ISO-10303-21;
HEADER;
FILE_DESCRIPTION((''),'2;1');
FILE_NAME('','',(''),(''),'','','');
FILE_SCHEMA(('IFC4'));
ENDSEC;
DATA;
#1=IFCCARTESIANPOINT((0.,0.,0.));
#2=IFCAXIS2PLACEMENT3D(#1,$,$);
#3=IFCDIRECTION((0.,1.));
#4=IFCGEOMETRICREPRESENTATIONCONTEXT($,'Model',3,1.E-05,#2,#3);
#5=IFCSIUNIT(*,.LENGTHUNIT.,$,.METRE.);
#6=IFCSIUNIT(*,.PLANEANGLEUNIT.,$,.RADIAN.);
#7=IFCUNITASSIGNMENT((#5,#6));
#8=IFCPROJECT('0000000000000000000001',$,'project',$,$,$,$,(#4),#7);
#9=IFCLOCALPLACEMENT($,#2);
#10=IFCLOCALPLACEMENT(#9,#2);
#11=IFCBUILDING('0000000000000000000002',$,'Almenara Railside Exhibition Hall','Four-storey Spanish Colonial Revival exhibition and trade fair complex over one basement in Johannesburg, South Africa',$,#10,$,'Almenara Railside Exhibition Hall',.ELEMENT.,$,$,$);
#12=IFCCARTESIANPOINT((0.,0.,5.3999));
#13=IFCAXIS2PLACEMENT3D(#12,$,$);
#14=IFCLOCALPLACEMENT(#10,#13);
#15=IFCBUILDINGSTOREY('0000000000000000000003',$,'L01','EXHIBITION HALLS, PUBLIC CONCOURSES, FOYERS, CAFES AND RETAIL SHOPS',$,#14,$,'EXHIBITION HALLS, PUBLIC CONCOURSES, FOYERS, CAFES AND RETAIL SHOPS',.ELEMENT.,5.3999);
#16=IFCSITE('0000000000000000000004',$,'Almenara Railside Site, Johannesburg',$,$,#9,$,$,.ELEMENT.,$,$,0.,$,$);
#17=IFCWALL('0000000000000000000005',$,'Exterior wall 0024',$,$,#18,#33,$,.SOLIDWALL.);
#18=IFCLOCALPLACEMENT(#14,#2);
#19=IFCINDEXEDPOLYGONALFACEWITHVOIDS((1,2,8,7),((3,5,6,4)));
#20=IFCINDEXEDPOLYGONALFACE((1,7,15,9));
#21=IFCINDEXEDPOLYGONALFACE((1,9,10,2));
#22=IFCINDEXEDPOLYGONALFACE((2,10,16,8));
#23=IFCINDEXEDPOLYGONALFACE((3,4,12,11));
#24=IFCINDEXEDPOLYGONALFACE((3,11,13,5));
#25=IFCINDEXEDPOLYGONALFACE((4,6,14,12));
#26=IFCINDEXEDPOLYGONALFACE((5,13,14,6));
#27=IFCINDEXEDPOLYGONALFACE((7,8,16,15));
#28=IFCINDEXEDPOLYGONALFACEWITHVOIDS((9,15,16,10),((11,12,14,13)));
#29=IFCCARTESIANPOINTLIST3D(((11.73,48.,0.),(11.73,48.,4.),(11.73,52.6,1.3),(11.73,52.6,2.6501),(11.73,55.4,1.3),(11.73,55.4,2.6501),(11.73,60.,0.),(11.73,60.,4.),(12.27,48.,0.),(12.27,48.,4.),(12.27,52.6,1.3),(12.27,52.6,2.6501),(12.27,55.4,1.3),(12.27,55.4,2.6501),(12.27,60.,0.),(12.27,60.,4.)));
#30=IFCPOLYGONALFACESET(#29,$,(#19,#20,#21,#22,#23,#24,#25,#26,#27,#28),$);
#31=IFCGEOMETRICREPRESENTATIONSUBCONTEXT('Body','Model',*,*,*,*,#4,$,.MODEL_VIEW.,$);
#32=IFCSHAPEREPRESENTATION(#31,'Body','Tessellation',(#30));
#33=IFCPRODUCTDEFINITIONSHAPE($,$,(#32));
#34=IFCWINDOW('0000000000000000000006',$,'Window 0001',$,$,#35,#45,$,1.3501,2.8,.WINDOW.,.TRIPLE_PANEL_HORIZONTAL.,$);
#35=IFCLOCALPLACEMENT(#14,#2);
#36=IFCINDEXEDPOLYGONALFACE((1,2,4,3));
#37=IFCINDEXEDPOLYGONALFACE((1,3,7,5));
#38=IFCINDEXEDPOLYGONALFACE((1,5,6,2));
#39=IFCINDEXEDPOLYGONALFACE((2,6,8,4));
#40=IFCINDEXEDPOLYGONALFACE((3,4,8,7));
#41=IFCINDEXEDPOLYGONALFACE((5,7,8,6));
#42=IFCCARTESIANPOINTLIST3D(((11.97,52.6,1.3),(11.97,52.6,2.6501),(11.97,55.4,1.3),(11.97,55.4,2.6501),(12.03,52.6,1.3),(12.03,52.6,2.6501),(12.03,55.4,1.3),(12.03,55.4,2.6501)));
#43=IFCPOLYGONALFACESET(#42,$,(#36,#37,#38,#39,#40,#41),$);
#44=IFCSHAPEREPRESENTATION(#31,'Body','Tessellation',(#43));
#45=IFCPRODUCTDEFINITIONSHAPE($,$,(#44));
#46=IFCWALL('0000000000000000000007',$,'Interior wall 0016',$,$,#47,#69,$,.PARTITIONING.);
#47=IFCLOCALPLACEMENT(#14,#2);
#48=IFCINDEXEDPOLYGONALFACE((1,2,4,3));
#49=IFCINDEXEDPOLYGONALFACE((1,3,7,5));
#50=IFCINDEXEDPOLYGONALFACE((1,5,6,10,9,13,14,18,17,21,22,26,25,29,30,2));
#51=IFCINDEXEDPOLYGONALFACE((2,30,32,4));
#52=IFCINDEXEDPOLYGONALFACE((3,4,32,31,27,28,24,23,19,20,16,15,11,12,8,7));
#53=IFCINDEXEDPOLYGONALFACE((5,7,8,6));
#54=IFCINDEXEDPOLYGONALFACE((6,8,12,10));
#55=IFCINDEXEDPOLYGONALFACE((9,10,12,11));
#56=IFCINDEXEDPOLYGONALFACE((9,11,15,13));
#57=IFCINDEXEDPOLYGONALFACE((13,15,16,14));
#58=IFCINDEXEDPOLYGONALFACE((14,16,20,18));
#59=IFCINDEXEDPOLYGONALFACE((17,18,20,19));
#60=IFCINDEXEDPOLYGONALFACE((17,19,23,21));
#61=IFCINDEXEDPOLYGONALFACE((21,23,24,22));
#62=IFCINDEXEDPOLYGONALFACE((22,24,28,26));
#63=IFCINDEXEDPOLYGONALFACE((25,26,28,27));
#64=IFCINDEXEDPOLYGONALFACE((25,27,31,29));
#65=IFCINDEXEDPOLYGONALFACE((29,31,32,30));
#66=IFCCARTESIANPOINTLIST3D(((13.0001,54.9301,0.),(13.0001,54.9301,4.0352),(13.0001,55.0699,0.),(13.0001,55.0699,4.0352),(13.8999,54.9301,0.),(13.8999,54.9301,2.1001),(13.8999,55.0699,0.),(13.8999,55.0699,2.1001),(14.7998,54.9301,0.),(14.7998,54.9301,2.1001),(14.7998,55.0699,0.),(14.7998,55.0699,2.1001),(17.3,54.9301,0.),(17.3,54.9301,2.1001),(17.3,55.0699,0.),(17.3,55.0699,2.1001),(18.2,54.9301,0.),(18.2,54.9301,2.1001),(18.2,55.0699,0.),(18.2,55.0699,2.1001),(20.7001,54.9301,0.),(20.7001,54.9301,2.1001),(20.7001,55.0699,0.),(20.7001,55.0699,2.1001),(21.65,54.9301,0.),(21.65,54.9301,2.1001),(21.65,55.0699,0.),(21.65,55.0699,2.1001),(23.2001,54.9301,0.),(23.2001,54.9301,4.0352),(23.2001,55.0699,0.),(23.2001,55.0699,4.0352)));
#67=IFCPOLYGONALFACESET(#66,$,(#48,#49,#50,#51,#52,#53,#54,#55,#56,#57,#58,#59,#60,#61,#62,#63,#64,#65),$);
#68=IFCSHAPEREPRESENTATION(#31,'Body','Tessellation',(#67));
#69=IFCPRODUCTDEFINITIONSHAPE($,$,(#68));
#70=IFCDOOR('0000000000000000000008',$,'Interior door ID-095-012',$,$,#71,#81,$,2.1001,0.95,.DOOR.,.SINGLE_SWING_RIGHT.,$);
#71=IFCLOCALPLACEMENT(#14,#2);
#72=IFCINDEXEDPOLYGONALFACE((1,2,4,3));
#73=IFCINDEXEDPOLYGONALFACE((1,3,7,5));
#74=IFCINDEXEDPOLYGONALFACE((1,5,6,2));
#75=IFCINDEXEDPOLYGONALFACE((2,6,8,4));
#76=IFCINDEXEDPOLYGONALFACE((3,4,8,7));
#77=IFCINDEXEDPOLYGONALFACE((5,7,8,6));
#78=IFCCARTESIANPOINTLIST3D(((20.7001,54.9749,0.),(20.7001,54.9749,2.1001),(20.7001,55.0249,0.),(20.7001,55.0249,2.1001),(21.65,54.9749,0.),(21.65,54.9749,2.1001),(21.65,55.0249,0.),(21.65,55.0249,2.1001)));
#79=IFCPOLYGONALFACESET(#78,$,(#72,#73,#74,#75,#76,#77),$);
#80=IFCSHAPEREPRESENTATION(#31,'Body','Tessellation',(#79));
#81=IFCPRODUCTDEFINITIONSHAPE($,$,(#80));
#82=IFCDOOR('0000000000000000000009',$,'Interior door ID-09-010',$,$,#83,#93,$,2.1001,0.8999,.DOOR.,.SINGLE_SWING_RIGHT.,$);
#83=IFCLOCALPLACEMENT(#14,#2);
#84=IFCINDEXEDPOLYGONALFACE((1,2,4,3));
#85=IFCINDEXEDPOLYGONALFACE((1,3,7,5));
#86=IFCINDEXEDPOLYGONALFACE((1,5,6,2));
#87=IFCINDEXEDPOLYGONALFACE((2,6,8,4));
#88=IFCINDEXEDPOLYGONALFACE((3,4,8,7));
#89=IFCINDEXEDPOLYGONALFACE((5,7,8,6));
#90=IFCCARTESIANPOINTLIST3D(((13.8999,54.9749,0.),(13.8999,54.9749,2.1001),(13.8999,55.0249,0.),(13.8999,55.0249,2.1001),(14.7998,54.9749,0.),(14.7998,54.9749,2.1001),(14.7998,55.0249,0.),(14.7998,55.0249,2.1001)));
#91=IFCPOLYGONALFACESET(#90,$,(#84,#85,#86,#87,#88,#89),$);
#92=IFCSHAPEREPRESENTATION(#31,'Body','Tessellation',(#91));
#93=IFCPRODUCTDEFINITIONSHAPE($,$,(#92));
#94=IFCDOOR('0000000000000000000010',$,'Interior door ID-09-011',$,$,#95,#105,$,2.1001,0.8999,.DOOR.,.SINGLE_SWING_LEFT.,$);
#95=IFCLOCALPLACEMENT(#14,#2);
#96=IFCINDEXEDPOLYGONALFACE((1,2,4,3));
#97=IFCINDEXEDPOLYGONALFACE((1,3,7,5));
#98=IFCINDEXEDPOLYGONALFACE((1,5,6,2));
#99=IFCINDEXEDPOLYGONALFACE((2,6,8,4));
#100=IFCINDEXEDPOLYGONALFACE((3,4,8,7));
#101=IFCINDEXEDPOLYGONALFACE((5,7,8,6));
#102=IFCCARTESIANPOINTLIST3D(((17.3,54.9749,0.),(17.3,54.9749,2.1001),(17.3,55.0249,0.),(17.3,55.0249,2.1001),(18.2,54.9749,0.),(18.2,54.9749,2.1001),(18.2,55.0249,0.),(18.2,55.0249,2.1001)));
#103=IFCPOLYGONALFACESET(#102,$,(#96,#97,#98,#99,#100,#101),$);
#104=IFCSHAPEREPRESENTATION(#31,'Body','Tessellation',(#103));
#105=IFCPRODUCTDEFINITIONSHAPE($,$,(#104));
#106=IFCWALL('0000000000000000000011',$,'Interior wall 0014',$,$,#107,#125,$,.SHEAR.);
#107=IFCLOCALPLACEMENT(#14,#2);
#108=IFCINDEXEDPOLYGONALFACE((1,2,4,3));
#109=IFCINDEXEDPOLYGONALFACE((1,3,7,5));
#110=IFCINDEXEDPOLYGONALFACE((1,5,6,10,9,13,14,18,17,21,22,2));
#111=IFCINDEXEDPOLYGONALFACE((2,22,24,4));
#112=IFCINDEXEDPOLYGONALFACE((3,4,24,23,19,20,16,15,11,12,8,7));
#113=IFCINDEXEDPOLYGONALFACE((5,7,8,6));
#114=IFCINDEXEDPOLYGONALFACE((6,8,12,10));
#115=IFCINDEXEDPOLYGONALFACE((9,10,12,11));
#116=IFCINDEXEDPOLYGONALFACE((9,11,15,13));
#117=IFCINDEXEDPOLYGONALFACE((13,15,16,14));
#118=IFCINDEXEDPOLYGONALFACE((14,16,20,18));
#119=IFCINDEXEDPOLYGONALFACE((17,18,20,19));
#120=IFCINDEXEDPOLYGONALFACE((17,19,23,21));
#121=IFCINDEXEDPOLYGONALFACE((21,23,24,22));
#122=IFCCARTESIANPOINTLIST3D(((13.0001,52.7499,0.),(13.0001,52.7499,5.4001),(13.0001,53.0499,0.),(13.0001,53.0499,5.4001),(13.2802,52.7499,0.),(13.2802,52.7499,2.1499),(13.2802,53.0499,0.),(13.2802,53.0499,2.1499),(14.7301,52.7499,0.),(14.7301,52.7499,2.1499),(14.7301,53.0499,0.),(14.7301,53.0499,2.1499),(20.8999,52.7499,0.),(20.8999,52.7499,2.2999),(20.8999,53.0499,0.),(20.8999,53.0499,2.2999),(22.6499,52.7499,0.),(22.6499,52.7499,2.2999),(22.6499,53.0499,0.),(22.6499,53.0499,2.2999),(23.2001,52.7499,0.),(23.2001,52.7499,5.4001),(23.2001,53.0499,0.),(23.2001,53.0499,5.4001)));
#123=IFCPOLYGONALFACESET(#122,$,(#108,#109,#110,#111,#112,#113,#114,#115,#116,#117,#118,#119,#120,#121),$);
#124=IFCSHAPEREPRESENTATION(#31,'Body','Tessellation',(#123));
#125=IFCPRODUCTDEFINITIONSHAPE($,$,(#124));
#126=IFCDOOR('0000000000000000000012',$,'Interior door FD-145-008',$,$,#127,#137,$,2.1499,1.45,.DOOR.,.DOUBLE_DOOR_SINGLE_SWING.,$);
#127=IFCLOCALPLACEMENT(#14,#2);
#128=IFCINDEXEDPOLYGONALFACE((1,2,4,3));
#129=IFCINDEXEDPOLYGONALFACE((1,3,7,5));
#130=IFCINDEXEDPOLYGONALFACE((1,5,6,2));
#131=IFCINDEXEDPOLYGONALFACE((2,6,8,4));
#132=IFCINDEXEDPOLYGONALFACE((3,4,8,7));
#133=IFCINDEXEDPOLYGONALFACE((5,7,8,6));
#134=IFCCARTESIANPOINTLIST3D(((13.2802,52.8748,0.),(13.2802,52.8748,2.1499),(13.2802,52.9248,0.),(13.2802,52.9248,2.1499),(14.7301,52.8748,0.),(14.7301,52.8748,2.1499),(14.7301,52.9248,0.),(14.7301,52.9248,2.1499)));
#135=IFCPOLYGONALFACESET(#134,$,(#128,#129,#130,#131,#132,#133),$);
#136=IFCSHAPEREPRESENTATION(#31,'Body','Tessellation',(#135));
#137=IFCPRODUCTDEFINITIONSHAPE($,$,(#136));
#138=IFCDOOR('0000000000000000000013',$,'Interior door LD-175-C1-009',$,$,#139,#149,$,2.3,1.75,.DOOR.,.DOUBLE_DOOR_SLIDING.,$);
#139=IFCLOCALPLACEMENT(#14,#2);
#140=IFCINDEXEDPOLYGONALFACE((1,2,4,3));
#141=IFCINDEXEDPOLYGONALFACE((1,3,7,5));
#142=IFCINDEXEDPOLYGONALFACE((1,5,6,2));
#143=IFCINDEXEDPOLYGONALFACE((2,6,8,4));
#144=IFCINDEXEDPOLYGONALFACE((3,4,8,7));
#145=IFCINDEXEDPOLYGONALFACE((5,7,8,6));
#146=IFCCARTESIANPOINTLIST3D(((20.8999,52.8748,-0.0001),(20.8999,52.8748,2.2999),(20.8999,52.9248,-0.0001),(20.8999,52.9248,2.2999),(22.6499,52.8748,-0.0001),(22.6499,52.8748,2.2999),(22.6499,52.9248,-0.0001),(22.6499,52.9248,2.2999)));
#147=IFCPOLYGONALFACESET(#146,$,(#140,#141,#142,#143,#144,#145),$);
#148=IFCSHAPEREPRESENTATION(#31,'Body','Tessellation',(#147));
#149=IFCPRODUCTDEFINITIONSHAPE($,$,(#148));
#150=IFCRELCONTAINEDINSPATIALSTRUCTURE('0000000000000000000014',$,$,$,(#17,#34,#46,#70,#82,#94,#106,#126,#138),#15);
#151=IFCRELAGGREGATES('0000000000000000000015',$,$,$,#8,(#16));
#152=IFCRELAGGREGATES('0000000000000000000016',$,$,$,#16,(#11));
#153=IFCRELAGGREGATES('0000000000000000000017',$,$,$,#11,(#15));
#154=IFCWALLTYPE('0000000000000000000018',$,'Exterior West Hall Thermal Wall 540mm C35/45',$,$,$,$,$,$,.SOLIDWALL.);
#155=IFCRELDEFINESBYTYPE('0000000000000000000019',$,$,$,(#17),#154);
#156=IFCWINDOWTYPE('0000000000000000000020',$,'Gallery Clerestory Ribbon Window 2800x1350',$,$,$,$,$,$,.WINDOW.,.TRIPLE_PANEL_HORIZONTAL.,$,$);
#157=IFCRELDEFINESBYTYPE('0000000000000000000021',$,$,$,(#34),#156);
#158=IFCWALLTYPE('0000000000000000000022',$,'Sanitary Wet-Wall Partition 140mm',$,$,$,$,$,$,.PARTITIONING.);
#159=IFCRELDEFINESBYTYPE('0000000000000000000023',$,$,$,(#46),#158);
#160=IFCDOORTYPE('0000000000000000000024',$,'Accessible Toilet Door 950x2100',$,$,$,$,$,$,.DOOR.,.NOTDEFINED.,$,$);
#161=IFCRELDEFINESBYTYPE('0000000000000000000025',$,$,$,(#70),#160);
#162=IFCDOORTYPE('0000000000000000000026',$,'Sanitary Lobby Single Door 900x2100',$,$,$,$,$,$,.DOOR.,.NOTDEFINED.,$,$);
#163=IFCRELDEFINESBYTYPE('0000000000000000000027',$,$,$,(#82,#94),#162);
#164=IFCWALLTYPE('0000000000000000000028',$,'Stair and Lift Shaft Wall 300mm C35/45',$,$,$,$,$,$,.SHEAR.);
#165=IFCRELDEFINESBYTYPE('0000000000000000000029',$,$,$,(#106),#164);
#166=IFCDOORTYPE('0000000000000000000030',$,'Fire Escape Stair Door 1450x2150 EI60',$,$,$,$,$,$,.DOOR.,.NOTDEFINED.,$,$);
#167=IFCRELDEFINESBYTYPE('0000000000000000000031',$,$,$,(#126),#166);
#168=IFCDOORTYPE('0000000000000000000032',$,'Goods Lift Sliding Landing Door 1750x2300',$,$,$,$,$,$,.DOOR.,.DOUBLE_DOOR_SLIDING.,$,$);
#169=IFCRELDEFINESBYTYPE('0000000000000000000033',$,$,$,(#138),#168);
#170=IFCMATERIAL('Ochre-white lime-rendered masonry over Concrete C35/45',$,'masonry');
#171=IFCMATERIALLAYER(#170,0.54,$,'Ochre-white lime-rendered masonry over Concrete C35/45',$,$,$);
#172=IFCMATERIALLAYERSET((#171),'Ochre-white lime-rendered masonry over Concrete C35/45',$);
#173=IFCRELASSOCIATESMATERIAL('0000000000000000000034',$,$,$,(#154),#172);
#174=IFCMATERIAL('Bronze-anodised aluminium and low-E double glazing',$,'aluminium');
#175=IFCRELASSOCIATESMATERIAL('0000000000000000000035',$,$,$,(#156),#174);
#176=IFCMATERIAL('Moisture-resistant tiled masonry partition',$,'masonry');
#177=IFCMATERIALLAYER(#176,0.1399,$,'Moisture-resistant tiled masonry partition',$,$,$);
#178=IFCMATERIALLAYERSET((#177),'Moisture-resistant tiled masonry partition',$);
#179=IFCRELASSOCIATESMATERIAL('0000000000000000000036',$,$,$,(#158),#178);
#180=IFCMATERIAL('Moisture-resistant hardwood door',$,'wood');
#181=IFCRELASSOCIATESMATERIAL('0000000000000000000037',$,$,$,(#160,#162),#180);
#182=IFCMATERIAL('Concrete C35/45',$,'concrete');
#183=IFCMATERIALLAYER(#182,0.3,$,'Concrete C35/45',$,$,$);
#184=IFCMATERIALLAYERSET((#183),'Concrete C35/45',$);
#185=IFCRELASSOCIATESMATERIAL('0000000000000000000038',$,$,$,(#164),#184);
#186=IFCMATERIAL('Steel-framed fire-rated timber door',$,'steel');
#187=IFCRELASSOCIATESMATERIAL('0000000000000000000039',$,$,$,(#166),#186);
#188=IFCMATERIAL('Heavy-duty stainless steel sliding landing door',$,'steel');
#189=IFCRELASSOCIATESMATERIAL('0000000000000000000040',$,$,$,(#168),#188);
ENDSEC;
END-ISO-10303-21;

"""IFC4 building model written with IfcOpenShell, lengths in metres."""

from ifc_helpers import new_model, si_unit, direction, frame, frame_2d, origin, place, context, subcontext, project, spatial, rectangle, extrude, material, layer, layer_set, type_object, element, fill, save


model = new_model("IFC4")

# Units and contexts
model_context = context("Model", 3, precision=1e-05, world=origin(), true_north=direction((0.0, 1.0)))
body_context = subcontext(model_context, "Body", "Model", "MODEL_VIEW")
ifc_project = project(units=[si_unit("LENGTHUNIT", "METRE"), si_unit("PLANEANGLEUNIT", "RADIAN")], contexts=[model_context])

# Site, building, storey
site_placement = place(None, origin())
site = spatial("IfcSite", under=ifc_project, at=site_placement, Name="Almenara Railside Site, Johannesburg", CompositionType="ELEMENT", RefElevation=0.0)
building_placement = place(site_placement, origin())
building = spatial("IfcBuilding", under=site, at=building_placement, Name="Almenara Railside Exhibition Hall", Description="Four-storey Spanish Colonial Revival exhibition and trade fair complex over one basement in Johannesburg, South Africa", LongName="Almenara Railside Exhibition Hall", CompositionType="ELEMENT")
storey_placement = place(building_placement, frame((0.0, 0.0, 5.3999)))
storey = spatial("IfcBuildingStorey", under=building, at=storey_placement, Name="L01", Description="EXHIBITION HALLS, PUBLIC CONCOURSES, FOYERS, CAFES AND RETAIL SHOPS", LongName="EXHIBITION HALLS, PUBLIC CONCOURSES, FOYERS, CAFES AND RETAIL SHOPS", CompositionType="ELEMENT", Elevation=5.3999)

# Shared definitions
ifc_material_1 = material(Name="Concrete C35/45", Category="concrete")

# Shared definitions
ifc_material_2 = material(Name="Ochre-white lime-rendered masonry over Concrete C35/45", Category="masonry")

# Wall, opening, window
ifc_layer_1 = layer(ifc_material_2, 0.54, Name="Ochre-white lime-rendered masonry over Concrete C35/45")
ifc_layer_set_1 = layer_set([ifc_layer_1], Name="Ochre-white lime-rendered masonry over Concrete C35/45")
wall_type_1 = type_object("IfcWallType", Name="Exterior West Hall Thermal Wall 540mm C35/45", PredefinedType="SOLIDWALL", material=ifc_layer_set_1)
wall_1_placement = place(storey_placement, frame((12.0, 60.0, 0.0), z_axis=(0.0, 0.0, 1.0), x_axis=(0.0, -1.0, 0.0)))
wall_1 = element("IfcWall", 1, at=wall_1_placement, inside=storey, type_object=wall_type_1, Name="Exterior wall 0024", PredefinedType="SOLIDWALL", context=body_context, shape_type="SweptSolid", body=[
    extrude(rectangle(XDim=12.0, YDim=0.54, at=frame_2d((6.0, 0.0))), origin(), (0.0, 0.0, 1.0), 4.0),
])
opening_1_placement = place(wall_1_placement, frame((4.6001, 0.0, 1.3)))
opening_1 = element("IfcOpeningElement", 2, at=opening_1_placement, cuts=wall_1, PredefinedType="OPENING", context=body_context, shape_type="SweptSolid", body=[
    extrude(rectangle(XDim=2.8, YDim=1.3501, at=frame_2d((1.3999, 0.675))), frame((0.0, 0.28, 0.0), z_axis=(0.0, -1.0, 0.0), x_axis=(1.0, 0.0, 0.0)), (0.0, 0.0, 1.0), 0.5601),
])
ifc_material_3 = material(Name="Bronze-anodised aluminium and low-E double glazing", Category="aluminium")
window_type = type_object("IfcWindowType", Name="Gallery Clerestory Ribbon Window 2800x1350", PartitioningType="TRIPLE_PANEL_HORIZONTAL", PredefinedType="WINDOW", material=ifc_material_3)
window_placement = place(opening_1_placement, origin())
window = element("IfcWindow", 3, at=window_placement, inside=storey, type_object=window_type, Name="Window 0001", OverallHeight=1.3501, OverallWidth=2.8, PartitioningType="TRIPLE_PANEL_HORIZONTAL", PredefinedType="WINDOW", context=body_context, shape_type="SweptSolid", body=[
    extrude(rectangle(XDim=2.8, YDim=1.3501, at=frame_2d((1.3999, 0.675))), frame((0.0, 0.03, 0.0), z_axis=(0.0, -1.0, 0.0), x_axis=(1.0, 0.0, 0.0)), (0.0, 0.0, 1.0), 0.0601),
])
fill(opening_1, window)

# Walls, openings, doors
ifc_material_4 = material(Name="Moisture-resistant tiled masonry partition", Category="masonry")
ifc_layer_2 = layer(ifc_material_4, 0.1399, Name="Moisture-resistant tiled masonry partition")
ifc_layer_set_2 = layer_set([ifc_layer_2], Name="Moisture-resistant tiled masonry partition")
wall_type_2 = type_object("IfcWallType", Name="Sanitary Wet-Wall Partition 140mm", PredefinedType="PARTITIONING", material=ifc_layer_set_2)
wall_2_placement = place(storey_placement, frame((13.0, 55.0, 0.0), z_axis=(0.0, 0.0, 1.0), x_axis=(1.0, 0.0, 0.0)))
wall_2 = element("IfcWall", 4, at=wall_2_placement, inside=storey, type_object=wall_type_2, Name="Interior wall 0016", PredefinedType="PARTITIONING", context=body_context, shape_type="SweptSolid", body=[
    extrude(rectangle(XDim=10.2, YDim=0.1399, at=frame_2d((5.1001, 0.0))), origin(), (0.0, 0.0, 1.0), 4.0352),
])
opening_2_placement = place(wall_2_placement, frame((0.8999, 0.0, 0.0)))
opening_2 = element("IfcOpeningElement", 5, at=opening_2_placement, cuts=wall_2, PredefinedType="OPENING", context=body_context, shape_type="SweptSolid", body=[
    extrude(rectangle(XDim=0.8999, YDim=2.1001, at=frame_2d((0.45, 1.05))), frame((0.0, 0.0798, 0.0), z_axis=(0.0, -1.0, 0.0), x_axis=(1.0, 0.0, 0.0)), (0.0, 0.0, 1.0), 0.1599),
])
opening_3_placement = place(wall_2_placement, frame((4.3, 0.0, 0.0)))
opening_3 = element("IfcOpeningElement", 6, at=opening_3_placement, cuts=wall_2, PredefinedType="OPENING", context=body_context, shape_type="SweptSolid", body=[
    extrude(rectangle(XDim=0.8999, YDim=2.1001, at=frame_2d((0.45, 1.05))), frame((0.0, 0.0798, 0.0), z_axis=(0.0, -1.0, 0.0), x_axis=(1.0, 0.0, 0.0)), (0.0, 0.0, 1.0), 0.1599),
])
opening_4_placement = place(wall_2_placement, frame((7.7, 0.0, 0.0)))
opening_4 = element("IfcOpeningElement", 7, at=opening_4_placement, cuts=wall_2, PredefinedType="OPENING", context=body_context, shape_type="SweptSolid", body=[
    extrude(rectangle(XDim=0.95, YDim=2.1001, at=frame_2d((0.4751, 1.05))), frame((0.0, 0.0798, 0.0), z_axis=(0.0, -1.0, 0.0), x_axis=(1.0, 0.0, 0.0)), (0.0, 0.0, 1.0), 0.1599),
])
ifc_material_5 = material(Name="Moisture-resistant hardwood door", Category="wood")
door_type_1 = type_object("IfcDoorType", Name="Accessible Toilet Door 950x2100", OperationType="NOTDEFINED", PredefinedType="DOOR", material=ifc_material_5)
door_1_placement = place(opening_4_placement, origin())
door_1 = element("IfcDoor", 8, at=door_1_placement, inside=storey, type_object=door_type_1, Name="Interior door ID-095-012", OperationType="SINGLE_SWING_RIGHT", OverallHeight=2.1001, OverallWidth=0.95, PredefinedType="DOOR", context=body_context, shape_type="SweptSolid", body=[
    extrude(rectangle(XDim=0.95, YDim=2.1001, at=frame_2d((0.4751, 1.05))), frame((0.0, 0.0249, 0.0), z_axis=(0.0, -1.0, 0.0), x_axis=(1.0, 0.0, 0.0)), (0.0, 0.0, 1.0), 0.05),
])
fill(opening_4, door_1)
door_type_2 = type_object("IfcDoorType", Name="Sanitary Lobby Single Door 900x2100", OperationType="NOTDEFINED", PredefinedType="DOOR", material=ifc_material_5)
door_2_placement = place(opening_2_placement, origin())
door_2 = element("IfcDoor", 9, at=door_2_placement, inside=storey, type_object=door_type_2, Name="Interior door ID-09-010", OperationType="SINGLE_SWING_RIGHT", OverallHeight=2.1001, OverallWidth=0.8999, PredefinedType="DOOR", context=body_context, shape_type="SweptSolid", body=[
    extrude(rectangle(XDim=0.8999, YDim=2.1001, at=frame_2d((0.45, 1.05))), frame((0.0, 0.0249, 0.0), z_axis=(0.0, -1.0, 0.0), x_axis=(1.0, 0.0, 0.0)), (0.0, 0.0, 1.0), 0.05),
])
fill(opening_2, door_2)
door_3_placement = place(opening_3_placement, origin())
door_3 = element("IfcDoor", 10, at=door_3_placement, inside=storey, type_object=door_type_2, Name="Interior door ID-09-011", OperationType="SINGLE_SWING_LEFT", OverallHeight=2.1001, OverallWidth=0.8999, PredefinedType="DOOR", context=body_context, shape_type="SweptSolid", body=[
    extrude(rectangle(XDim=0.8999, YDim=2.1001, at=frame_2d((0.45, 1.05))), frame((0.0, 0.0249, 0.0), z_axis=(0.0, -1.0, 0.0), x_axis=(1.0, 0.0, 0.0)), (0.0, 0.0, 1.0), 0.05),
])
fill(opening_3, door_3)
ifc_layer_3 = layer(ifc_material_1, 0.3, Name="Concrete C35/45")
ifc_layer_set_3 = layer_set([ifc_layer_3], Name="Concrete C35/45")
wall_type_3 = type_object("IfcWallType", Name="Stair and Lift Shaft Wall 300mm C35/45", PredefinedType="SHEAR", material=ifc_layer_set_3)
wall_3_placement = place(storey_placement, frame((13.0, 52.8999, 0.0), z_axis=(0.0, 0.0, 1.0), x_axis=(1.0, 0.0, 0.0)))
wall_3 = element("IfcWall", 11, at=wall_3_placement, inside=storey, type_object=wall_type_3, Name="Interior wall 0014", PredefinedType="SHEAR", context=body_context, shape_type="SweptSolid", body=[
    extrude(rectangle(XDim=10.2, YDim=0.3, at=frame_2d((5.1001, 0.0))), origin(), (0.0, 0.0, 1.0), 5.4001),
])
opening_5_placement = place(wall_3_placement, frame((0.28, 0.0, 0.0)))
opening_5 = element("IfcOpeningElement", 12, at=opening_5_placement, cuts=wall_3, PredefinedType="OPENING", context=body_context, shape_type="SweptSolid", body=[
    extrude(rectangle(XDim=1.45, YDim=2.1499, at=frame_2d((0.7251, 1.075))), frame((0.0, 0.1599, 0.0), z_axis=(0.0, -1.0, 0.0), x_axis=(1.0, 0.0, 0.0)), (0.0, 0.0, 1.0), 0.3201),
])
opening_6_placement = place(wall_3_placement, frame((7.8999, 0.0, 0.0)))
opening_6 = element("IfcOpeningElement", 13, at=opening_6_placement, cuts=wall_3, PredefinedType="OPENING", context=body_context, shape_type="SweptSolid", body=[
    extrude(rectangle(XDim=1.75, YDim=2.3, at=frame_2d((0.875, 1.1499))), frame((0.0, 0.1599, 0.0), z_axis=(0.0, -1.0, 0.0), x_axis=(1.0, 0.0, 0.0)), (0.0, 0.0, 1.0), 0.3201),
])
ifc_material_6 = material(Name="Steel-framed fire-rated timber door", Category="steel")
door_type_3 = type_object("IfcDoorType", Name="Fire Escape Stair Door 1450x2150 EI60", OperationType="NOTDEFINED", PredefinedType="DOOR", material=ifc_material_6)
door_4_placement = place(opening_5_placement, origin())
door_4 = element("IfcDoor", 14, at=door_4_placement, inside=storey, type_object=door_type_3, Name="Interior door FD-145-008", OperationType="DOUBLE_DOOR_SINGLE_SWING", OverallHeight=2.1499, OverallWidth=1.45, PredefinedType="DOOR", context=body_context, shape_type="SweptSolid", body=[
    extrude(rectangle(XDim=1.45, YDim=2.1499, at=frame_2d((0.7251, 1.075))), frame((0.0, 0.0249, 0.0), z_axis=(0.0, -1.0, 0.0), x_axis=(1.0, 0.0, 0.0)), (0.0, 0.0, 1.0), 0.05),
])
fill(opening_5, door_4)
ifc_material_7 = material(Name="Heavy-duty stainless steel sliding landing door", Category="steel")
door_type_4 = type_object("IfcDoorType", Name="Goods Lift Sliding Landing Door 1750x2300", OperationType="DOUBLE_DOOR_SLIDING", PredefinedType="DOOR", material=ifc_material_7)
door_5_placement = place(opening_6_placement, origin())
door_5 = element("IfcDoor", 15, at=door_5_placement, inside=storey, type_object=door_type_4, Name="Interior door LD-175-C1-009", OperationType="DOUBLE_DOOR_SLIDING", OverallHeight=2.3, OverallWidth=1.75, PredefinedType="DOOR", context=body_context, shape_type="SweptSolid", body=[
    extrude(rectangle(XDim=1.75, YDim=2.3, at=frame_2d((0.875, 1.1499))), frame((0.0, 0.0249, 0.0), z_axis=(0.0, -1.0, 0.0), x_axis=(1.0, 0.0, 0.0)), (0.0, 0.0, 1.0), 0.05),
])
fill(opening_6, door_5)

save(model, "model.ifc")
